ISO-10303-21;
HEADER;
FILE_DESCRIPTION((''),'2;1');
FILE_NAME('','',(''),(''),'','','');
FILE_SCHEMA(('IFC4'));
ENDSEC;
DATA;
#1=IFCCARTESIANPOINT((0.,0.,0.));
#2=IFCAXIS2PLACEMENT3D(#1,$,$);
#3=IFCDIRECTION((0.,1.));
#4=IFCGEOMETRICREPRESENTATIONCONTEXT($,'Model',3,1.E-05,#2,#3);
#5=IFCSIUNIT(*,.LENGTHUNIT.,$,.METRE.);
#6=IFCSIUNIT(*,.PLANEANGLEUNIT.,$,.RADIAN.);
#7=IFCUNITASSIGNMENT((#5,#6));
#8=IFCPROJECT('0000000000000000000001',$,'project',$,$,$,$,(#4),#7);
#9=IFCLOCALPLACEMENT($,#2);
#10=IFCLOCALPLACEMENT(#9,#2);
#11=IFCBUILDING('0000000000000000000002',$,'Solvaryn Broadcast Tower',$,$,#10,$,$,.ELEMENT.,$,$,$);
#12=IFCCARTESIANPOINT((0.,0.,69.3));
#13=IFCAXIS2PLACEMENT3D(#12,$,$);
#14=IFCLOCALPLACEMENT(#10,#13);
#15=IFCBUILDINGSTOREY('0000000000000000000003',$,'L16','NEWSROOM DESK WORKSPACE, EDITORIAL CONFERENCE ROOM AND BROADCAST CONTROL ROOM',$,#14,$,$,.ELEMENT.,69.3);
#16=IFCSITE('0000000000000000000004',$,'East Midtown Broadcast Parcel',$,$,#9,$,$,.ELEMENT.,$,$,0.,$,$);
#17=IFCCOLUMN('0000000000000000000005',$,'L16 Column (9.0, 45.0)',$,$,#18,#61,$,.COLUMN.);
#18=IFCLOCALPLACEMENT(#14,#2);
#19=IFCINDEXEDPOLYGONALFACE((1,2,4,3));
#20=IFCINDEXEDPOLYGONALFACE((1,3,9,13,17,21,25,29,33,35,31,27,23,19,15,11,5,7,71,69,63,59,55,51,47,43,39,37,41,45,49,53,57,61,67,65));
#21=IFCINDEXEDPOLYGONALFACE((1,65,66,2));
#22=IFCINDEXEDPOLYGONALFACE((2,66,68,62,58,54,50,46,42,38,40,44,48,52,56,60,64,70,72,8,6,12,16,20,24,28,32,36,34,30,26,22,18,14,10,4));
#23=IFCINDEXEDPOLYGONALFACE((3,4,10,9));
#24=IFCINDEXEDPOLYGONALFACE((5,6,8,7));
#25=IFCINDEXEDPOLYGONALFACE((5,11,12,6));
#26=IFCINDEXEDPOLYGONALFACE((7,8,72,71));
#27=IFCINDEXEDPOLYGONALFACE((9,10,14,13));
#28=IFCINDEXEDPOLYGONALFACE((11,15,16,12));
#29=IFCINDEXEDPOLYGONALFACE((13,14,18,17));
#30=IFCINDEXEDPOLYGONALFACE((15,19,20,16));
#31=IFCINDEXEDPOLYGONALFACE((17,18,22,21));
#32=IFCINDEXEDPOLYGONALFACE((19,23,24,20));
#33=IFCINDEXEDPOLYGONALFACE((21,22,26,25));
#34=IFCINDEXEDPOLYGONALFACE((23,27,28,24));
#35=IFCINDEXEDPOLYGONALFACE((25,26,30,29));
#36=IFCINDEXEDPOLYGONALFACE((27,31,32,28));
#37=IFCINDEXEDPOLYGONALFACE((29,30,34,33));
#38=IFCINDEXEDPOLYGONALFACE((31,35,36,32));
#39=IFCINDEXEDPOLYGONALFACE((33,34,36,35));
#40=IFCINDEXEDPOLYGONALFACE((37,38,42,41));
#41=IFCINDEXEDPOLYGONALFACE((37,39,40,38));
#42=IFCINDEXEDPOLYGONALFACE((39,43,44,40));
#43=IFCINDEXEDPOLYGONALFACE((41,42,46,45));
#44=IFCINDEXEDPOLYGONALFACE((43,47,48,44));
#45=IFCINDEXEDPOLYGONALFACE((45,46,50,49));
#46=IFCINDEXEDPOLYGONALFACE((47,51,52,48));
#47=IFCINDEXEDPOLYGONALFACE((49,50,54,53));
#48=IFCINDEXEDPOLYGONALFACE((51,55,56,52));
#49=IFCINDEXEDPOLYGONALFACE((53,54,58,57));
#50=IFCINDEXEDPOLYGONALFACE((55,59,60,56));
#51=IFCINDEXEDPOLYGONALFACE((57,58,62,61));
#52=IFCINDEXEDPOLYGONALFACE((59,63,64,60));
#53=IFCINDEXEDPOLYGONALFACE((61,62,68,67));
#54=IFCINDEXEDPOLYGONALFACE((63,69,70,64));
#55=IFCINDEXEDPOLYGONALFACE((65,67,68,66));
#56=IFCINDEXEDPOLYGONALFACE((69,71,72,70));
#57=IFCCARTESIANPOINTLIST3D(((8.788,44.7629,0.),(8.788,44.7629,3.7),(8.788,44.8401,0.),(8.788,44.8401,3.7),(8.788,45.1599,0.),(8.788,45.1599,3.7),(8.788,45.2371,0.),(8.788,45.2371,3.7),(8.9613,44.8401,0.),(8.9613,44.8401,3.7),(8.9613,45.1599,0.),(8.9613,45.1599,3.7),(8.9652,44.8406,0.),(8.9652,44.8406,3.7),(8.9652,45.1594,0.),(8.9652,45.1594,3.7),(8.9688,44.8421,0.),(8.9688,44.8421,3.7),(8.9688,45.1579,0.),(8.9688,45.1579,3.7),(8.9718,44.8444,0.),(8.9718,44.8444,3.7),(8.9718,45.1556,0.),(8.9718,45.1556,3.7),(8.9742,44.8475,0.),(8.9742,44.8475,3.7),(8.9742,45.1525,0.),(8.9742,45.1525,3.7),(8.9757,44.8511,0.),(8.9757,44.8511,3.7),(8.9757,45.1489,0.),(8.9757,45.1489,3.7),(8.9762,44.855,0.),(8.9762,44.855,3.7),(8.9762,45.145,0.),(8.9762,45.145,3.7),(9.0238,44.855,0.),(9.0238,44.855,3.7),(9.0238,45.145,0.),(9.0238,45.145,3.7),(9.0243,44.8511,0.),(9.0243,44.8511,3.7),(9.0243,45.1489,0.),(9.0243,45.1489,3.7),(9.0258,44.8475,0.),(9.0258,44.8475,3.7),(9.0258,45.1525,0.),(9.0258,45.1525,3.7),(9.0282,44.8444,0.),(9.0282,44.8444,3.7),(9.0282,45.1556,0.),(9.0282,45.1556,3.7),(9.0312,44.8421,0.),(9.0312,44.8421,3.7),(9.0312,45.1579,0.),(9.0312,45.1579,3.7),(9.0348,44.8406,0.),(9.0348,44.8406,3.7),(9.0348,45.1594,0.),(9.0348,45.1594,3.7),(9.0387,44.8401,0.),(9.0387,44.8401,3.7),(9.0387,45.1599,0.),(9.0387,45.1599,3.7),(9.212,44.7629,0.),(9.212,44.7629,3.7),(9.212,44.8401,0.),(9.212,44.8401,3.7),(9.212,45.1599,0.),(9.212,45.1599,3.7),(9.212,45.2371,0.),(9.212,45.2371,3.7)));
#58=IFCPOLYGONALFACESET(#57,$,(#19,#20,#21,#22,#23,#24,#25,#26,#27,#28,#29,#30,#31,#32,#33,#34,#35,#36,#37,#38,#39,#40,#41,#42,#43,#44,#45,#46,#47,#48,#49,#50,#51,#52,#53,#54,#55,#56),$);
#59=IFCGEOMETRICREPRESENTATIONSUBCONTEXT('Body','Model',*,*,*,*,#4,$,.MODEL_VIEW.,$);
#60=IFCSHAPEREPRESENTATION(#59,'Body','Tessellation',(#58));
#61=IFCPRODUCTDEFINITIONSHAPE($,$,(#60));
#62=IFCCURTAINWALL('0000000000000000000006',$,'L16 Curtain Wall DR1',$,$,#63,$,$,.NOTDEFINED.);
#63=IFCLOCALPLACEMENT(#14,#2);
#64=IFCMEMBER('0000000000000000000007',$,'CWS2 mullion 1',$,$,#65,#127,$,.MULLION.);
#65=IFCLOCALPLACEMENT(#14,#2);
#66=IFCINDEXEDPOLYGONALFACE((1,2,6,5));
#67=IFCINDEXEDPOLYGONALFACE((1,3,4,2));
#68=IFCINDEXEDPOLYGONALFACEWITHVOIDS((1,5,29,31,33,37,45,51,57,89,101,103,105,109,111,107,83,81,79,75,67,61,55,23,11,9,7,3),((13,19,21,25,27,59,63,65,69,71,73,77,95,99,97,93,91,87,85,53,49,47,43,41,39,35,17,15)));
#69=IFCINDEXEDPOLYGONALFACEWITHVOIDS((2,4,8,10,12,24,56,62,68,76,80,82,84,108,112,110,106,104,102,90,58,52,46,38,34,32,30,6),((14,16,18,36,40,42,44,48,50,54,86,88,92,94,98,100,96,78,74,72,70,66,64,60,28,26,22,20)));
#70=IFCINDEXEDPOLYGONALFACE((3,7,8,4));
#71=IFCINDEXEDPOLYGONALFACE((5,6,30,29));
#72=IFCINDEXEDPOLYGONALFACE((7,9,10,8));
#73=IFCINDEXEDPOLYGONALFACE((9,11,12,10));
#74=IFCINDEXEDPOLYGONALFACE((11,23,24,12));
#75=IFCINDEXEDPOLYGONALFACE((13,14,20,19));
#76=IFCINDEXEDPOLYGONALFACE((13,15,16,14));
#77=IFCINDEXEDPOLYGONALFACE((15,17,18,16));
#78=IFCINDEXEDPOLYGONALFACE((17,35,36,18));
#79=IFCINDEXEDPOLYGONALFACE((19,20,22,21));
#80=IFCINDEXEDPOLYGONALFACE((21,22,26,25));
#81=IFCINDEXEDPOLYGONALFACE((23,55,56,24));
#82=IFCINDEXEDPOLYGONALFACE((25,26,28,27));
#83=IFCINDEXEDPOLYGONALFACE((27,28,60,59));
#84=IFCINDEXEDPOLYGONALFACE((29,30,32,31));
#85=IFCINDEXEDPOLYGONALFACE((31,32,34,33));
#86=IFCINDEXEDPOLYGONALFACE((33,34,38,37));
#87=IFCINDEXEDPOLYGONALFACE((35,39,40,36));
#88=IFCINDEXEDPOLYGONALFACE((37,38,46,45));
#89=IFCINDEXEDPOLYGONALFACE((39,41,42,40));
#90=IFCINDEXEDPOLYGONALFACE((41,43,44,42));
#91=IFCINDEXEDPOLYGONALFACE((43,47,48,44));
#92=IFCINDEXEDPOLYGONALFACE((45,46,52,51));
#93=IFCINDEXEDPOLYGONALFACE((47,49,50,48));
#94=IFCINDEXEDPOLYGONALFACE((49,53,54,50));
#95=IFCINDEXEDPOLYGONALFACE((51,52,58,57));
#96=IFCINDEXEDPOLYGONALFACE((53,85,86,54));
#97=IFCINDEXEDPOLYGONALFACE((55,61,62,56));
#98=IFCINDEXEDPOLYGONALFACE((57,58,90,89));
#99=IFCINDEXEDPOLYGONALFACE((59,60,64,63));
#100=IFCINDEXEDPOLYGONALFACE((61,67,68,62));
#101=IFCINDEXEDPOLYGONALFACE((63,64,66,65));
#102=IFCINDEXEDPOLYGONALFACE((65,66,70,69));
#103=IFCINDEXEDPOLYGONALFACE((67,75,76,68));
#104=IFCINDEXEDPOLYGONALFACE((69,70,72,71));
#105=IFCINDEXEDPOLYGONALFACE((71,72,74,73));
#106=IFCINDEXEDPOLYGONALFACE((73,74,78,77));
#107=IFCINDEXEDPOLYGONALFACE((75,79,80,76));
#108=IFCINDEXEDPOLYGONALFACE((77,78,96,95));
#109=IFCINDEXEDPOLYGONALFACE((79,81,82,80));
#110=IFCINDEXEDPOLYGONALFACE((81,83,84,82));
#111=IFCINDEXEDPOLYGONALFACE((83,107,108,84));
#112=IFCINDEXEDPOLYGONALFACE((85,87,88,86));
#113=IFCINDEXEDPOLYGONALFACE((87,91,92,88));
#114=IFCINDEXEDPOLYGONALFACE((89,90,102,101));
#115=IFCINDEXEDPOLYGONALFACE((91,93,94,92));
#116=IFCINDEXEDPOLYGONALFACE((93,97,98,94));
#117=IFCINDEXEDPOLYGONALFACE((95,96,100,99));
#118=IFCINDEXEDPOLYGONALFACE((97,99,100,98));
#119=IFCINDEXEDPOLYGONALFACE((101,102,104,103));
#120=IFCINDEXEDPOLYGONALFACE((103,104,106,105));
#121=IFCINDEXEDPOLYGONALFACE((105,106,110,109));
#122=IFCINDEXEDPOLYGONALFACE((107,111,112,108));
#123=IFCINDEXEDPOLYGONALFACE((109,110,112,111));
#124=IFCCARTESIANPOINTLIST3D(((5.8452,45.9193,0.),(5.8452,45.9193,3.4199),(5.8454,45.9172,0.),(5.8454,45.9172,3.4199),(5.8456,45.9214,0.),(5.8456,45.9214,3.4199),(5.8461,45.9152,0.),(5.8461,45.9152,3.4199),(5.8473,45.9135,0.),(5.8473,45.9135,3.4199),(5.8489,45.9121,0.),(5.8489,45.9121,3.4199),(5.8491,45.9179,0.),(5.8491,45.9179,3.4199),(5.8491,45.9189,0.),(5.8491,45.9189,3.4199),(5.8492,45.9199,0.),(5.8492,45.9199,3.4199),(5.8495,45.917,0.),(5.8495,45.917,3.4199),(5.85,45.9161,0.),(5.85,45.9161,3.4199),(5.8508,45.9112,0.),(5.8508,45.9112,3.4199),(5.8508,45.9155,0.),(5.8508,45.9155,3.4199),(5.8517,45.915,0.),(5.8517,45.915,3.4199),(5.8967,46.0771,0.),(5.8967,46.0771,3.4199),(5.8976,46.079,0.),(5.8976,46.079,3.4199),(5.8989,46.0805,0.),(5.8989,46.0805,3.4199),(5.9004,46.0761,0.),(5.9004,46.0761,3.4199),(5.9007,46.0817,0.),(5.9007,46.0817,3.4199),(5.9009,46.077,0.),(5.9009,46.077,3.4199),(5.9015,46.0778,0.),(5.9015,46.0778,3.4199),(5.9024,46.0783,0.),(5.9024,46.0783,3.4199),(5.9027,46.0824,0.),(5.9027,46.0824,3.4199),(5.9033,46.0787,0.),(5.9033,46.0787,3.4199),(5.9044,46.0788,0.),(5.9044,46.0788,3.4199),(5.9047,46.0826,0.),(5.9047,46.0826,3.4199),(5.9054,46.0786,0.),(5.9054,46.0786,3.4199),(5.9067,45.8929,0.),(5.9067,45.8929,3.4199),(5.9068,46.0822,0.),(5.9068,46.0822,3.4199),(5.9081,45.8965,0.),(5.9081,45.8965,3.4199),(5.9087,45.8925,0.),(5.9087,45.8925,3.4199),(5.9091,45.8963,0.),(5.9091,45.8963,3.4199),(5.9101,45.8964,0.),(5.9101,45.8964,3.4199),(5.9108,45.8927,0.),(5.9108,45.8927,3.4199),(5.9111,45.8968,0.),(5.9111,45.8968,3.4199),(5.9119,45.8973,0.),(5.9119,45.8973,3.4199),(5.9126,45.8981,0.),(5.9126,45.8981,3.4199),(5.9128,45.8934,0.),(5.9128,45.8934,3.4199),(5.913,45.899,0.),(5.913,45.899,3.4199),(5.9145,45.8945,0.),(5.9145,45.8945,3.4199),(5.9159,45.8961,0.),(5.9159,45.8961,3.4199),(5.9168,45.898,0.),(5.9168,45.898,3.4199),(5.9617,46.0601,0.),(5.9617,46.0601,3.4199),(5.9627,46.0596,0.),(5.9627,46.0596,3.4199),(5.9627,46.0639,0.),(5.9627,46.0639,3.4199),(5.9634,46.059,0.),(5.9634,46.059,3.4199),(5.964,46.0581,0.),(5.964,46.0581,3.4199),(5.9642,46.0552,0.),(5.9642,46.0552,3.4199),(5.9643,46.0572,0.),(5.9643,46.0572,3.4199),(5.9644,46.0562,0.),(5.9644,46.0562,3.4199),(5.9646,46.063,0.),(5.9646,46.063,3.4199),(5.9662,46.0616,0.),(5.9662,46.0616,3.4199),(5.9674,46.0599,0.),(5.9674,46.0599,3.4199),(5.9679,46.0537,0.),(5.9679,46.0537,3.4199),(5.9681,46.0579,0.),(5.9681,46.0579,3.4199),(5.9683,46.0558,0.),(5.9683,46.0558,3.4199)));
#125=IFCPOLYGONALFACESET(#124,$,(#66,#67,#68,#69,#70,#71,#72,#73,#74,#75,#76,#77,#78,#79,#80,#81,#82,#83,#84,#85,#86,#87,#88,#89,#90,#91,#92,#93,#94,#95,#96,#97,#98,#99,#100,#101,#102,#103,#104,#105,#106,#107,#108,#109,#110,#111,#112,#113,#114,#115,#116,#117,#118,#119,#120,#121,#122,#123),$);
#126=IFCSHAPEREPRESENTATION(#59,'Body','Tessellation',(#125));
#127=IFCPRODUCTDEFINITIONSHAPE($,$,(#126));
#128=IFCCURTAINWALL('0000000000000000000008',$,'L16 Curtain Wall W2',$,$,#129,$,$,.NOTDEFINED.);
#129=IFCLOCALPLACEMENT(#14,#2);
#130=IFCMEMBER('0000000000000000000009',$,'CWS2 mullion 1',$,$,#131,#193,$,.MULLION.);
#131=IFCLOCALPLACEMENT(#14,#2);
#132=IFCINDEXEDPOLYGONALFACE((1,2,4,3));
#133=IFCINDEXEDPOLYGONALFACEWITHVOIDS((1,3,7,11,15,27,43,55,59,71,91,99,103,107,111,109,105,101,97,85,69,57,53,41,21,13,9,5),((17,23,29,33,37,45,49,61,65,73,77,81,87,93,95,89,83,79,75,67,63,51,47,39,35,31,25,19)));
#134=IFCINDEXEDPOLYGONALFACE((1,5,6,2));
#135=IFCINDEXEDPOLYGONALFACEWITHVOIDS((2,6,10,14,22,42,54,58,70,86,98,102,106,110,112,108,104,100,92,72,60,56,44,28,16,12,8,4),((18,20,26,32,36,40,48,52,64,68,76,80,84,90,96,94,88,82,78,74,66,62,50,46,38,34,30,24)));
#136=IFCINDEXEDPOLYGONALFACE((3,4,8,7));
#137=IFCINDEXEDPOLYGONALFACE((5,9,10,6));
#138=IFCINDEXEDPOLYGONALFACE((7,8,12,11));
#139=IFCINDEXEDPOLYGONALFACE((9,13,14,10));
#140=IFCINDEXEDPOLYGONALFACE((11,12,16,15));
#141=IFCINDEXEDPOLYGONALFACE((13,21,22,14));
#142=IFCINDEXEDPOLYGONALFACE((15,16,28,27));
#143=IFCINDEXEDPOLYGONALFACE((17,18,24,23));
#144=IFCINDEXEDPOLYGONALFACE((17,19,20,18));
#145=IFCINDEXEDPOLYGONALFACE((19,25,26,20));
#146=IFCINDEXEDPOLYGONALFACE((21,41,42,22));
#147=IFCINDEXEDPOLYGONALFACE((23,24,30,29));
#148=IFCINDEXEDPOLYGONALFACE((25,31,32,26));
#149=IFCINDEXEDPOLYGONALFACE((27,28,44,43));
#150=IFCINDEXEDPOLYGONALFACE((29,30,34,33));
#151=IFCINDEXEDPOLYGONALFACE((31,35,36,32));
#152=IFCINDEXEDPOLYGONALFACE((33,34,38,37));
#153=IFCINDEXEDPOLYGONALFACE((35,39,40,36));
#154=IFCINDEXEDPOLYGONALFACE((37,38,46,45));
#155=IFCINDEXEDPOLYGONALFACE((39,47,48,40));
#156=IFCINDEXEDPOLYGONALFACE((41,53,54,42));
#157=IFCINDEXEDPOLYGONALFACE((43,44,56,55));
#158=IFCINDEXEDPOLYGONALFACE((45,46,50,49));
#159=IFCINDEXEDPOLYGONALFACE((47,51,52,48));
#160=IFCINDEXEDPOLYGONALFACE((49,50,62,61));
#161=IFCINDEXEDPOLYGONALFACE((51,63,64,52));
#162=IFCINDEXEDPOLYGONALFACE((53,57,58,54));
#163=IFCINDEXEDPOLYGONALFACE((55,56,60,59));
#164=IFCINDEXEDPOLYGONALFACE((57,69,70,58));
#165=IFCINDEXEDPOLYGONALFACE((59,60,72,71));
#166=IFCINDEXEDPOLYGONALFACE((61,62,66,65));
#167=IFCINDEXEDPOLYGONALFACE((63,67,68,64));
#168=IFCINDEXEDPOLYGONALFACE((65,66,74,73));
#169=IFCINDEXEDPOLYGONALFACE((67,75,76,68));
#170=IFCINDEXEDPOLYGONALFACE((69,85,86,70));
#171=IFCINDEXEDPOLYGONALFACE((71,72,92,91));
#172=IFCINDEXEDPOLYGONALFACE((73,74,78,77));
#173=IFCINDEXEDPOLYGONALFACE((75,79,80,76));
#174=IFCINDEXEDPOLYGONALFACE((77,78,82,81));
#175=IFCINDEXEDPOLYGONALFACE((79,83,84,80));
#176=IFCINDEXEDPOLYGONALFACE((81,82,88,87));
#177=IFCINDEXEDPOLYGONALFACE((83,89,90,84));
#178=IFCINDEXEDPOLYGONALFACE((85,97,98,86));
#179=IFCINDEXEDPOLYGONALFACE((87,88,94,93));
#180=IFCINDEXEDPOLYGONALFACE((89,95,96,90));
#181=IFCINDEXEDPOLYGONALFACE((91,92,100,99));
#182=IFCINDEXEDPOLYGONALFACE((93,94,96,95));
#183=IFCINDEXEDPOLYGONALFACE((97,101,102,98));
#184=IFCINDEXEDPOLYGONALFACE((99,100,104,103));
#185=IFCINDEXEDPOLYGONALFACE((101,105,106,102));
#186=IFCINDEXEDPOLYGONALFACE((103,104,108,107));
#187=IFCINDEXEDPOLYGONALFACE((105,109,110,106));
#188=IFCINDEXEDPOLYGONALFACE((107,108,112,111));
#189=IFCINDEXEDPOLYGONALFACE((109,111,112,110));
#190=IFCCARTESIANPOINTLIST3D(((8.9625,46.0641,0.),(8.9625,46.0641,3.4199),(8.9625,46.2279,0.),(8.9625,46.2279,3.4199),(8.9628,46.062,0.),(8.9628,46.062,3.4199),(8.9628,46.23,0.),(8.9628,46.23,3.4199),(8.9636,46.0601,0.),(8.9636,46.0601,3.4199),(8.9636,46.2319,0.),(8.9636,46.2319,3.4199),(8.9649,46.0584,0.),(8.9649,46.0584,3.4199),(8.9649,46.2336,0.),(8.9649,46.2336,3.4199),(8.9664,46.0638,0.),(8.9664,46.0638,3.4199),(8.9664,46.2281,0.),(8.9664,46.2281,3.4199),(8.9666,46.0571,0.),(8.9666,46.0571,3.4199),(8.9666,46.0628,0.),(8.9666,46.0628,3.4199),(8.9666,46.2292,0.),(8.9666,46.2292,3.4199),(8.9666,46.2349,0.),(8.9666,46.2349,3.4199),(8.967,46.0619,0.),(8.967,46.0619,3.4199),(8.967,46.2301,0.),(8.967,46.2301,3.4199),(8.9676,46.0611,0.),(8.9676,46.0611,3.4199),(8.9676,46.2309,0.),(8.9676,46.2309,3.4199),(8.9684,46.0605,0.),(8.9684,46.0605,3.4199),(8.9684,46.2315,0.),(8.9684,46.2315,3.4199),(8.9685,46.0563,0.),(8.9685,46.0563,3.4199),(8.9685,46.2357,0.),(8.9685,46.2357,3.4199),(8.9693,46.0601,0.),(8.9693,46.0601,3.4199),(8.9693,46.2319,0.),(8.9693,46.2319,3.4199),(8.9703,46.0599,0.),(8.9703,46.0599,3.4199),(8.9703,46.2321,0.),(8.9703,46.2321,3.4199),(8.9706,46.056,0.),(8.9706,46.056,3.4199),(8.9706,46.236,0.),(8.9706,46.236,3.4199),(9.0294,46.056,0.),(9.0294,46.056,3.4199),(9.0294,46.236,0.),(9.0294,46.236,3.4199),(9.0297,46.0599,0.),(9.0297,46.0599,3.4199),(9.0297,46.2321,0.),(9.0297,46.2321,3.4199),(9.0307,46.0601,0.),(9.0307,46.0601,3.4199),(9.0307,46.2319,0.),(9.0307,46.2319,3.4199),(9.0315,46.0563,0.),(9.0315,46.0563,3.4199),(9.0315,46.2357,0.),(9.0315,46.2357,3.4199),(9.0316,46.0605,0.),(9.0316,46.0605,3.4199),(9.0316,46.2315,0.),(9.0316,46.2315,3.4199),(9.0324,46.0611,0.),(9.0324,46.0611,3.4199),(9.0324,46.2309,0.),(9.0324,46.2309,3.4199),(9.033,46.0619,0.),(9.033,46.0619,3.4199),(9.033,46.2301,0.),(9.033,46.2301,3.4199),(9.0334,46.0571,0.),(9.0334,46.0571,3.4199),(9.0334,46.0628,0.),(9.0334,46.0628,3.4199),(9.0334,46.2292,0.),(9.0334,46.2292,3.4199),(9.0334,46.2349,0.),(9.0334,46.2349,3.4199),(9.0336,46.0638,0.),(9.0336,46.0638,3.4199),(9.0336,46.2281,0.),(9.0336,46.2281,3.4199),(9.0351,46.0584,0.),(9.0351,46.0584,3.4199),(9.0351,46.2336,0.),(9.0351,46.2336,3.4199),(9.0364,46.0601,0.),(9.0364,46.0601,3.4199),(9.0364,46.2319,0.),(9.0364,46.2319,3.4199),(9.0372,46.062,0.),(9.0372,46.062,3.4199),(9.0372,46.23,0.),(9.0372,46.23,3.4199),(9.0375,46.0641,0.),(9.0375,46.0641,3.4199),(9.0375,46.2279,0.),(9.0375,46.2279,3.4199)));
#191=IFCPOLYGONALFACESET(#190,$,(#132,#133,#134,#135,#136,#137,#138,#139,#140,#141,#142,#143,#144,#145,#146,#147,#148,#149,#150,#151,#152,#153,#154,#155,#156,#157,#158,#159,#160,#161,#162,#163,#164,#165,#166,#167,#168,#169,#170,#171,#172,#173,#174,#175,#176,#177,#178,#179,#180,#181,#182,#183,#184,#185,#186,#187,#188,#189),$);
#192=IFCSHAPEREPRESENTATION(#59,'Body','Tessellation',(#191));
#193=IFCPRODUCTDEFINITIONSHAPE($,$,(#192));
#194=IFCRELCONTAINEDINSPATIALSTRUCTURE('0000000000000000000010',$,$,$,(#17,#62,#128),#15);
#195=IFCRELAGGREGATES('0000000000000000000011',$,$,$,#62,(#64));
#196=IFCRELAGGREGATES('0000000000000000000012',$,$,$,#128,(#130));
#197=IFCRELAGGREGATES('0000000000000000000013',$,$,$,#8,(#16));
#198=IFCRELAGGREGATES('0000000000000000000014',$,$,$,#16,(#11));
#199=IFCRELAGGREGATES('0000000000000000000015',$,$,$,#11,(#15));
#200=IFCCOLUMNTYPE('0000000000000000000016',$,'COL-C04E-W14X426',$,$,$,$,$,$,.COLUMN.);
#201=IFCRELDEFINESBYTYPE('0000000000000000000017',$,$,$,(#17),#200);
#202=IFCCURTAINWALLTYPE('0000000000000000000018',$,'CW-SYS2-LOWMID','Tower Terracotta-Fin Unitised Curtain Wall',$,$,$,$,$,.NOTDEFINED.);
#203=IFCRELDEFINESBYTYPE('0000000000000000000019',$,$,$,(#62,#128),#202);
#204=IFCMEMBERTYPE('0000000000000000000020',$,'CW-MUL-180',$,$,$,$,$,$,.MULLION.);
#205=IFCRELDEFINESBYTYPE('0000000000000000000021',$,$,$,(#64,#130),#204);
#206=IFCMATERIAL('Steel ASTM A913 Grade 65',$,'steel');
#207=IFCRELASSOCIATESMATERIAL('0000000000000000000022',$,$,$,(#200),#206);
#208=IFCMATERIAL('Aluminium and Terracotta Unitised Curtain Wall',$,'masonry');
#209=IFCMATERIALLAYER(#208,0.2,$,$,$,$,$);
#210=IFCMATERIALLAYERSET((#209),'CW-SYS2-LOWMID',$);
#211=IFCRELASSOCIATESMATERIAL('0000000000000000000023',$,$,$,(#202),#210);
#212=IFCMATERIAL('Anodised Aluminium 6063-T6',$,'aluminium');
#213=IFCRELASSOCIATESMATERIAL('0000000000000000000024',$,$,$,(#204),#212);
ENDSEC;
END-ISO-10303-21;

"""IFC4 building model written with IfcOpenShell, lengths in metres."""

from ifc_helpers import new_model, si_unit, direction, frame, origin, origin_2d, place, context, subcontext, project, spatial, hollow_rectangle, i_section, extrude, material, layer, layer_set, material_profile, profile_set, type_object, element, aggregate, save


model = new_model("IFC4")

# Units and contexts
model_context = context("Model", 3, precision=1e-05, world=origin(), true_north=direction((0.0, 1.0)))
body_context = subcontext(model_context, "Body", "Model", "MODEL_VIEW")
ifc_project = project(units=[si_unit("LENGTHUNIT", "METRE"), si_unit("PLANEANGLEUNIT", "RADIAN")], contexts=[model_context])

# Site, building, storey
site_placement = place(None, origin())
site = spatial("IfcSite", under=ifc_project, at=site_placement, Name="East Midtown Broadcast Parcel", CompositionType="ELEMENT", RefElevation=0.0)
building_placement = place(site_placement, origin())
building = spatial("IfcBuilding", under=site, at=building_placement, Name="Solvaryn Broadcast Tower", CompositionType="ELEMENT")
storey_placement = place(building_placement, frame((0.0, 0.0, 69.3)))
storey = spatial("IfcBuildingStorey", under=building, at=storey_placement, Name="L16", Description="NEWSROOM DESK WORKSPACE, EDITORIAL CONFERENCE ROOM AND BROADCAST CONTROL ROOM", CompositionType="ELEMENT", Elevation=69.3)

# Column
ifc_material_1 = material(Name="Steel ASTM A913 Grade 65", Category="steel")
ifc_material_profile_1 = material_profile(ifc_material_1, i_section(OverallWidth=0.4241, OverallDepth=0.4741, WebThickness=0.0476, FlangeThickness=0.0771, FilletRadius=0.0149, at=origin_2d()))
ifc_profile_set_1 = profile_set([ifc_material_profile_1], Name="Steel ASTM A913 Grade 65")
column_type = type_object("IfcColumnType", Name="COL-C04E-W14X426", PredefinedType="COLUMN", material=ifc_profile_set_1)
column_placement = place(storey_placement, frame((9.0, 45.0, 0.0), z_axis=(0.0, 0.0, 1.0), x_axis=(1.0, 0.0, 0.0)))
element("IfcColumn", 1, at=column_placement, inside=storey, type_object=column_type, Name="L16 Column (9.0, 45.0)", PredefinedType="COLUMN", context=body_context, shape_type="SweptSolid", body=[
    extrude(i_section(OverallWidth=0.4241, OverallDepth=0.4741, WebThickness=0.0476, FlangeThickness=0.0771, FilletRadius=0.0149, at=origin_2d()), origin(), (0.0, 0.0, 1.0), 3.7),
])

# Curtain wall, member
ifc_material_2 = material(Name="Aluminium and Terracotta Unitised Curtain Wall", Category="masonry")
ifc_layer_1 = layer(ifc_material_2, 0.2)
ifc_layer_set_1 = layer_set([ifc_layer_1], Name="CW-SYS2-LOWMID")
curtain_wall_type = type_object("IfcCurtainWallType", Name="CW-SYS2-LOWMID", Description="Tower Terracotta-Fin Unitised Curtain Wall", PredefinedType="NOTDEFINED", material=ifc_layer_set_1)
curtain_wall_1_placement = place(storey_placement, origin())
curtain_wall_1 = element("IfcCurtainWall", 2, at=curtain_wall_1_placement, inside=storey, type_object=curtain_wall_type, Name="L16 Curtain Wall DR1", PredefinedType="NOTDEFINED")
ifc_material_3 = material(Name="Anodised Aluminium 6063-T6", Category="aluminium")
ifc_material_profile_2 = material_profile(ifc_material_3, hollow_rectangle(XDim=0.075, YDim=0.1799, WallThickness=0.0039, InnerFilletRadius=0.0039, OuterFilletRadius=0.0081, at=origin_2d()))
ifc_profile_set_2 = profile_set([ifc_material_profile_2], Name="Anodised Aluminium 6063-T6")
member_type_1 = type_object("IfcMemberType", Name="CW-MUL-180", PredefinedType="MULLION", material=ifc_profile_set_2)
member_1_placement = place(storey_placement, frame((5.9067, 45.9875, 0.0), z_axis=(0.0, 0.0, 1.0), x_axis=(0.950215, -0.311594, 0.0)))
member_1 = element("IfcMember", 3, at=member_1_placement, type_object=member_type_1, Name="CWS2 mullion 1", PredefinedType="MULLION", context=body_context, shape_type="SweptSolid", body=[
    extrude(hollow_rectangle(XDim=0.075, YDim=0.1799, WallThickness=0.0039, InnerFilletRadius=0.0039, OuterFilletRadius=0.0081, at=origin_2d()), origin(), (0.0, 0.0, 1.0), 3.4199),
])

# Curtain wall, member
curtain_wall_2_placement = place(storey_placement, origin())
curtain_wall_2 = element("IfcCurtainWall", 4, at=curtain_wall_2_placement, inside=storey, type_object=curtain_wall_type, Name="L16 Curtain Wall W2", PredefinedType="NOTDEFINED")
member_2_placement = place(storey_placement, frame((9.0, 46.146, 0.0), z_axis=(0.0, 0.0, 1.0), x_axis=(-1.0, 0.0, 0.0)))
member_2 = element("IfcMember", 5, at=member_2_placement, type_object=member_type_1, Name="CWS2 mullion 1", PredefinedType="MULLION", context=body_context, shape_type="SweptSolid", body=[
    extrude(hollow_rectangle(XDim=0.075, YDim=0.1799, WallThickness=0.0039, InnerFilletRadius=0.0039, OuterFilletRadius=0.0081, at=origin_2d()), origin(), (0.0, 0.0, 1.0), 3.4199),
])

aggregate(curtain_wall_1, [member_1])

aggregate(curtain_wall_2, [member_2])

save(model, "model.ifc")
